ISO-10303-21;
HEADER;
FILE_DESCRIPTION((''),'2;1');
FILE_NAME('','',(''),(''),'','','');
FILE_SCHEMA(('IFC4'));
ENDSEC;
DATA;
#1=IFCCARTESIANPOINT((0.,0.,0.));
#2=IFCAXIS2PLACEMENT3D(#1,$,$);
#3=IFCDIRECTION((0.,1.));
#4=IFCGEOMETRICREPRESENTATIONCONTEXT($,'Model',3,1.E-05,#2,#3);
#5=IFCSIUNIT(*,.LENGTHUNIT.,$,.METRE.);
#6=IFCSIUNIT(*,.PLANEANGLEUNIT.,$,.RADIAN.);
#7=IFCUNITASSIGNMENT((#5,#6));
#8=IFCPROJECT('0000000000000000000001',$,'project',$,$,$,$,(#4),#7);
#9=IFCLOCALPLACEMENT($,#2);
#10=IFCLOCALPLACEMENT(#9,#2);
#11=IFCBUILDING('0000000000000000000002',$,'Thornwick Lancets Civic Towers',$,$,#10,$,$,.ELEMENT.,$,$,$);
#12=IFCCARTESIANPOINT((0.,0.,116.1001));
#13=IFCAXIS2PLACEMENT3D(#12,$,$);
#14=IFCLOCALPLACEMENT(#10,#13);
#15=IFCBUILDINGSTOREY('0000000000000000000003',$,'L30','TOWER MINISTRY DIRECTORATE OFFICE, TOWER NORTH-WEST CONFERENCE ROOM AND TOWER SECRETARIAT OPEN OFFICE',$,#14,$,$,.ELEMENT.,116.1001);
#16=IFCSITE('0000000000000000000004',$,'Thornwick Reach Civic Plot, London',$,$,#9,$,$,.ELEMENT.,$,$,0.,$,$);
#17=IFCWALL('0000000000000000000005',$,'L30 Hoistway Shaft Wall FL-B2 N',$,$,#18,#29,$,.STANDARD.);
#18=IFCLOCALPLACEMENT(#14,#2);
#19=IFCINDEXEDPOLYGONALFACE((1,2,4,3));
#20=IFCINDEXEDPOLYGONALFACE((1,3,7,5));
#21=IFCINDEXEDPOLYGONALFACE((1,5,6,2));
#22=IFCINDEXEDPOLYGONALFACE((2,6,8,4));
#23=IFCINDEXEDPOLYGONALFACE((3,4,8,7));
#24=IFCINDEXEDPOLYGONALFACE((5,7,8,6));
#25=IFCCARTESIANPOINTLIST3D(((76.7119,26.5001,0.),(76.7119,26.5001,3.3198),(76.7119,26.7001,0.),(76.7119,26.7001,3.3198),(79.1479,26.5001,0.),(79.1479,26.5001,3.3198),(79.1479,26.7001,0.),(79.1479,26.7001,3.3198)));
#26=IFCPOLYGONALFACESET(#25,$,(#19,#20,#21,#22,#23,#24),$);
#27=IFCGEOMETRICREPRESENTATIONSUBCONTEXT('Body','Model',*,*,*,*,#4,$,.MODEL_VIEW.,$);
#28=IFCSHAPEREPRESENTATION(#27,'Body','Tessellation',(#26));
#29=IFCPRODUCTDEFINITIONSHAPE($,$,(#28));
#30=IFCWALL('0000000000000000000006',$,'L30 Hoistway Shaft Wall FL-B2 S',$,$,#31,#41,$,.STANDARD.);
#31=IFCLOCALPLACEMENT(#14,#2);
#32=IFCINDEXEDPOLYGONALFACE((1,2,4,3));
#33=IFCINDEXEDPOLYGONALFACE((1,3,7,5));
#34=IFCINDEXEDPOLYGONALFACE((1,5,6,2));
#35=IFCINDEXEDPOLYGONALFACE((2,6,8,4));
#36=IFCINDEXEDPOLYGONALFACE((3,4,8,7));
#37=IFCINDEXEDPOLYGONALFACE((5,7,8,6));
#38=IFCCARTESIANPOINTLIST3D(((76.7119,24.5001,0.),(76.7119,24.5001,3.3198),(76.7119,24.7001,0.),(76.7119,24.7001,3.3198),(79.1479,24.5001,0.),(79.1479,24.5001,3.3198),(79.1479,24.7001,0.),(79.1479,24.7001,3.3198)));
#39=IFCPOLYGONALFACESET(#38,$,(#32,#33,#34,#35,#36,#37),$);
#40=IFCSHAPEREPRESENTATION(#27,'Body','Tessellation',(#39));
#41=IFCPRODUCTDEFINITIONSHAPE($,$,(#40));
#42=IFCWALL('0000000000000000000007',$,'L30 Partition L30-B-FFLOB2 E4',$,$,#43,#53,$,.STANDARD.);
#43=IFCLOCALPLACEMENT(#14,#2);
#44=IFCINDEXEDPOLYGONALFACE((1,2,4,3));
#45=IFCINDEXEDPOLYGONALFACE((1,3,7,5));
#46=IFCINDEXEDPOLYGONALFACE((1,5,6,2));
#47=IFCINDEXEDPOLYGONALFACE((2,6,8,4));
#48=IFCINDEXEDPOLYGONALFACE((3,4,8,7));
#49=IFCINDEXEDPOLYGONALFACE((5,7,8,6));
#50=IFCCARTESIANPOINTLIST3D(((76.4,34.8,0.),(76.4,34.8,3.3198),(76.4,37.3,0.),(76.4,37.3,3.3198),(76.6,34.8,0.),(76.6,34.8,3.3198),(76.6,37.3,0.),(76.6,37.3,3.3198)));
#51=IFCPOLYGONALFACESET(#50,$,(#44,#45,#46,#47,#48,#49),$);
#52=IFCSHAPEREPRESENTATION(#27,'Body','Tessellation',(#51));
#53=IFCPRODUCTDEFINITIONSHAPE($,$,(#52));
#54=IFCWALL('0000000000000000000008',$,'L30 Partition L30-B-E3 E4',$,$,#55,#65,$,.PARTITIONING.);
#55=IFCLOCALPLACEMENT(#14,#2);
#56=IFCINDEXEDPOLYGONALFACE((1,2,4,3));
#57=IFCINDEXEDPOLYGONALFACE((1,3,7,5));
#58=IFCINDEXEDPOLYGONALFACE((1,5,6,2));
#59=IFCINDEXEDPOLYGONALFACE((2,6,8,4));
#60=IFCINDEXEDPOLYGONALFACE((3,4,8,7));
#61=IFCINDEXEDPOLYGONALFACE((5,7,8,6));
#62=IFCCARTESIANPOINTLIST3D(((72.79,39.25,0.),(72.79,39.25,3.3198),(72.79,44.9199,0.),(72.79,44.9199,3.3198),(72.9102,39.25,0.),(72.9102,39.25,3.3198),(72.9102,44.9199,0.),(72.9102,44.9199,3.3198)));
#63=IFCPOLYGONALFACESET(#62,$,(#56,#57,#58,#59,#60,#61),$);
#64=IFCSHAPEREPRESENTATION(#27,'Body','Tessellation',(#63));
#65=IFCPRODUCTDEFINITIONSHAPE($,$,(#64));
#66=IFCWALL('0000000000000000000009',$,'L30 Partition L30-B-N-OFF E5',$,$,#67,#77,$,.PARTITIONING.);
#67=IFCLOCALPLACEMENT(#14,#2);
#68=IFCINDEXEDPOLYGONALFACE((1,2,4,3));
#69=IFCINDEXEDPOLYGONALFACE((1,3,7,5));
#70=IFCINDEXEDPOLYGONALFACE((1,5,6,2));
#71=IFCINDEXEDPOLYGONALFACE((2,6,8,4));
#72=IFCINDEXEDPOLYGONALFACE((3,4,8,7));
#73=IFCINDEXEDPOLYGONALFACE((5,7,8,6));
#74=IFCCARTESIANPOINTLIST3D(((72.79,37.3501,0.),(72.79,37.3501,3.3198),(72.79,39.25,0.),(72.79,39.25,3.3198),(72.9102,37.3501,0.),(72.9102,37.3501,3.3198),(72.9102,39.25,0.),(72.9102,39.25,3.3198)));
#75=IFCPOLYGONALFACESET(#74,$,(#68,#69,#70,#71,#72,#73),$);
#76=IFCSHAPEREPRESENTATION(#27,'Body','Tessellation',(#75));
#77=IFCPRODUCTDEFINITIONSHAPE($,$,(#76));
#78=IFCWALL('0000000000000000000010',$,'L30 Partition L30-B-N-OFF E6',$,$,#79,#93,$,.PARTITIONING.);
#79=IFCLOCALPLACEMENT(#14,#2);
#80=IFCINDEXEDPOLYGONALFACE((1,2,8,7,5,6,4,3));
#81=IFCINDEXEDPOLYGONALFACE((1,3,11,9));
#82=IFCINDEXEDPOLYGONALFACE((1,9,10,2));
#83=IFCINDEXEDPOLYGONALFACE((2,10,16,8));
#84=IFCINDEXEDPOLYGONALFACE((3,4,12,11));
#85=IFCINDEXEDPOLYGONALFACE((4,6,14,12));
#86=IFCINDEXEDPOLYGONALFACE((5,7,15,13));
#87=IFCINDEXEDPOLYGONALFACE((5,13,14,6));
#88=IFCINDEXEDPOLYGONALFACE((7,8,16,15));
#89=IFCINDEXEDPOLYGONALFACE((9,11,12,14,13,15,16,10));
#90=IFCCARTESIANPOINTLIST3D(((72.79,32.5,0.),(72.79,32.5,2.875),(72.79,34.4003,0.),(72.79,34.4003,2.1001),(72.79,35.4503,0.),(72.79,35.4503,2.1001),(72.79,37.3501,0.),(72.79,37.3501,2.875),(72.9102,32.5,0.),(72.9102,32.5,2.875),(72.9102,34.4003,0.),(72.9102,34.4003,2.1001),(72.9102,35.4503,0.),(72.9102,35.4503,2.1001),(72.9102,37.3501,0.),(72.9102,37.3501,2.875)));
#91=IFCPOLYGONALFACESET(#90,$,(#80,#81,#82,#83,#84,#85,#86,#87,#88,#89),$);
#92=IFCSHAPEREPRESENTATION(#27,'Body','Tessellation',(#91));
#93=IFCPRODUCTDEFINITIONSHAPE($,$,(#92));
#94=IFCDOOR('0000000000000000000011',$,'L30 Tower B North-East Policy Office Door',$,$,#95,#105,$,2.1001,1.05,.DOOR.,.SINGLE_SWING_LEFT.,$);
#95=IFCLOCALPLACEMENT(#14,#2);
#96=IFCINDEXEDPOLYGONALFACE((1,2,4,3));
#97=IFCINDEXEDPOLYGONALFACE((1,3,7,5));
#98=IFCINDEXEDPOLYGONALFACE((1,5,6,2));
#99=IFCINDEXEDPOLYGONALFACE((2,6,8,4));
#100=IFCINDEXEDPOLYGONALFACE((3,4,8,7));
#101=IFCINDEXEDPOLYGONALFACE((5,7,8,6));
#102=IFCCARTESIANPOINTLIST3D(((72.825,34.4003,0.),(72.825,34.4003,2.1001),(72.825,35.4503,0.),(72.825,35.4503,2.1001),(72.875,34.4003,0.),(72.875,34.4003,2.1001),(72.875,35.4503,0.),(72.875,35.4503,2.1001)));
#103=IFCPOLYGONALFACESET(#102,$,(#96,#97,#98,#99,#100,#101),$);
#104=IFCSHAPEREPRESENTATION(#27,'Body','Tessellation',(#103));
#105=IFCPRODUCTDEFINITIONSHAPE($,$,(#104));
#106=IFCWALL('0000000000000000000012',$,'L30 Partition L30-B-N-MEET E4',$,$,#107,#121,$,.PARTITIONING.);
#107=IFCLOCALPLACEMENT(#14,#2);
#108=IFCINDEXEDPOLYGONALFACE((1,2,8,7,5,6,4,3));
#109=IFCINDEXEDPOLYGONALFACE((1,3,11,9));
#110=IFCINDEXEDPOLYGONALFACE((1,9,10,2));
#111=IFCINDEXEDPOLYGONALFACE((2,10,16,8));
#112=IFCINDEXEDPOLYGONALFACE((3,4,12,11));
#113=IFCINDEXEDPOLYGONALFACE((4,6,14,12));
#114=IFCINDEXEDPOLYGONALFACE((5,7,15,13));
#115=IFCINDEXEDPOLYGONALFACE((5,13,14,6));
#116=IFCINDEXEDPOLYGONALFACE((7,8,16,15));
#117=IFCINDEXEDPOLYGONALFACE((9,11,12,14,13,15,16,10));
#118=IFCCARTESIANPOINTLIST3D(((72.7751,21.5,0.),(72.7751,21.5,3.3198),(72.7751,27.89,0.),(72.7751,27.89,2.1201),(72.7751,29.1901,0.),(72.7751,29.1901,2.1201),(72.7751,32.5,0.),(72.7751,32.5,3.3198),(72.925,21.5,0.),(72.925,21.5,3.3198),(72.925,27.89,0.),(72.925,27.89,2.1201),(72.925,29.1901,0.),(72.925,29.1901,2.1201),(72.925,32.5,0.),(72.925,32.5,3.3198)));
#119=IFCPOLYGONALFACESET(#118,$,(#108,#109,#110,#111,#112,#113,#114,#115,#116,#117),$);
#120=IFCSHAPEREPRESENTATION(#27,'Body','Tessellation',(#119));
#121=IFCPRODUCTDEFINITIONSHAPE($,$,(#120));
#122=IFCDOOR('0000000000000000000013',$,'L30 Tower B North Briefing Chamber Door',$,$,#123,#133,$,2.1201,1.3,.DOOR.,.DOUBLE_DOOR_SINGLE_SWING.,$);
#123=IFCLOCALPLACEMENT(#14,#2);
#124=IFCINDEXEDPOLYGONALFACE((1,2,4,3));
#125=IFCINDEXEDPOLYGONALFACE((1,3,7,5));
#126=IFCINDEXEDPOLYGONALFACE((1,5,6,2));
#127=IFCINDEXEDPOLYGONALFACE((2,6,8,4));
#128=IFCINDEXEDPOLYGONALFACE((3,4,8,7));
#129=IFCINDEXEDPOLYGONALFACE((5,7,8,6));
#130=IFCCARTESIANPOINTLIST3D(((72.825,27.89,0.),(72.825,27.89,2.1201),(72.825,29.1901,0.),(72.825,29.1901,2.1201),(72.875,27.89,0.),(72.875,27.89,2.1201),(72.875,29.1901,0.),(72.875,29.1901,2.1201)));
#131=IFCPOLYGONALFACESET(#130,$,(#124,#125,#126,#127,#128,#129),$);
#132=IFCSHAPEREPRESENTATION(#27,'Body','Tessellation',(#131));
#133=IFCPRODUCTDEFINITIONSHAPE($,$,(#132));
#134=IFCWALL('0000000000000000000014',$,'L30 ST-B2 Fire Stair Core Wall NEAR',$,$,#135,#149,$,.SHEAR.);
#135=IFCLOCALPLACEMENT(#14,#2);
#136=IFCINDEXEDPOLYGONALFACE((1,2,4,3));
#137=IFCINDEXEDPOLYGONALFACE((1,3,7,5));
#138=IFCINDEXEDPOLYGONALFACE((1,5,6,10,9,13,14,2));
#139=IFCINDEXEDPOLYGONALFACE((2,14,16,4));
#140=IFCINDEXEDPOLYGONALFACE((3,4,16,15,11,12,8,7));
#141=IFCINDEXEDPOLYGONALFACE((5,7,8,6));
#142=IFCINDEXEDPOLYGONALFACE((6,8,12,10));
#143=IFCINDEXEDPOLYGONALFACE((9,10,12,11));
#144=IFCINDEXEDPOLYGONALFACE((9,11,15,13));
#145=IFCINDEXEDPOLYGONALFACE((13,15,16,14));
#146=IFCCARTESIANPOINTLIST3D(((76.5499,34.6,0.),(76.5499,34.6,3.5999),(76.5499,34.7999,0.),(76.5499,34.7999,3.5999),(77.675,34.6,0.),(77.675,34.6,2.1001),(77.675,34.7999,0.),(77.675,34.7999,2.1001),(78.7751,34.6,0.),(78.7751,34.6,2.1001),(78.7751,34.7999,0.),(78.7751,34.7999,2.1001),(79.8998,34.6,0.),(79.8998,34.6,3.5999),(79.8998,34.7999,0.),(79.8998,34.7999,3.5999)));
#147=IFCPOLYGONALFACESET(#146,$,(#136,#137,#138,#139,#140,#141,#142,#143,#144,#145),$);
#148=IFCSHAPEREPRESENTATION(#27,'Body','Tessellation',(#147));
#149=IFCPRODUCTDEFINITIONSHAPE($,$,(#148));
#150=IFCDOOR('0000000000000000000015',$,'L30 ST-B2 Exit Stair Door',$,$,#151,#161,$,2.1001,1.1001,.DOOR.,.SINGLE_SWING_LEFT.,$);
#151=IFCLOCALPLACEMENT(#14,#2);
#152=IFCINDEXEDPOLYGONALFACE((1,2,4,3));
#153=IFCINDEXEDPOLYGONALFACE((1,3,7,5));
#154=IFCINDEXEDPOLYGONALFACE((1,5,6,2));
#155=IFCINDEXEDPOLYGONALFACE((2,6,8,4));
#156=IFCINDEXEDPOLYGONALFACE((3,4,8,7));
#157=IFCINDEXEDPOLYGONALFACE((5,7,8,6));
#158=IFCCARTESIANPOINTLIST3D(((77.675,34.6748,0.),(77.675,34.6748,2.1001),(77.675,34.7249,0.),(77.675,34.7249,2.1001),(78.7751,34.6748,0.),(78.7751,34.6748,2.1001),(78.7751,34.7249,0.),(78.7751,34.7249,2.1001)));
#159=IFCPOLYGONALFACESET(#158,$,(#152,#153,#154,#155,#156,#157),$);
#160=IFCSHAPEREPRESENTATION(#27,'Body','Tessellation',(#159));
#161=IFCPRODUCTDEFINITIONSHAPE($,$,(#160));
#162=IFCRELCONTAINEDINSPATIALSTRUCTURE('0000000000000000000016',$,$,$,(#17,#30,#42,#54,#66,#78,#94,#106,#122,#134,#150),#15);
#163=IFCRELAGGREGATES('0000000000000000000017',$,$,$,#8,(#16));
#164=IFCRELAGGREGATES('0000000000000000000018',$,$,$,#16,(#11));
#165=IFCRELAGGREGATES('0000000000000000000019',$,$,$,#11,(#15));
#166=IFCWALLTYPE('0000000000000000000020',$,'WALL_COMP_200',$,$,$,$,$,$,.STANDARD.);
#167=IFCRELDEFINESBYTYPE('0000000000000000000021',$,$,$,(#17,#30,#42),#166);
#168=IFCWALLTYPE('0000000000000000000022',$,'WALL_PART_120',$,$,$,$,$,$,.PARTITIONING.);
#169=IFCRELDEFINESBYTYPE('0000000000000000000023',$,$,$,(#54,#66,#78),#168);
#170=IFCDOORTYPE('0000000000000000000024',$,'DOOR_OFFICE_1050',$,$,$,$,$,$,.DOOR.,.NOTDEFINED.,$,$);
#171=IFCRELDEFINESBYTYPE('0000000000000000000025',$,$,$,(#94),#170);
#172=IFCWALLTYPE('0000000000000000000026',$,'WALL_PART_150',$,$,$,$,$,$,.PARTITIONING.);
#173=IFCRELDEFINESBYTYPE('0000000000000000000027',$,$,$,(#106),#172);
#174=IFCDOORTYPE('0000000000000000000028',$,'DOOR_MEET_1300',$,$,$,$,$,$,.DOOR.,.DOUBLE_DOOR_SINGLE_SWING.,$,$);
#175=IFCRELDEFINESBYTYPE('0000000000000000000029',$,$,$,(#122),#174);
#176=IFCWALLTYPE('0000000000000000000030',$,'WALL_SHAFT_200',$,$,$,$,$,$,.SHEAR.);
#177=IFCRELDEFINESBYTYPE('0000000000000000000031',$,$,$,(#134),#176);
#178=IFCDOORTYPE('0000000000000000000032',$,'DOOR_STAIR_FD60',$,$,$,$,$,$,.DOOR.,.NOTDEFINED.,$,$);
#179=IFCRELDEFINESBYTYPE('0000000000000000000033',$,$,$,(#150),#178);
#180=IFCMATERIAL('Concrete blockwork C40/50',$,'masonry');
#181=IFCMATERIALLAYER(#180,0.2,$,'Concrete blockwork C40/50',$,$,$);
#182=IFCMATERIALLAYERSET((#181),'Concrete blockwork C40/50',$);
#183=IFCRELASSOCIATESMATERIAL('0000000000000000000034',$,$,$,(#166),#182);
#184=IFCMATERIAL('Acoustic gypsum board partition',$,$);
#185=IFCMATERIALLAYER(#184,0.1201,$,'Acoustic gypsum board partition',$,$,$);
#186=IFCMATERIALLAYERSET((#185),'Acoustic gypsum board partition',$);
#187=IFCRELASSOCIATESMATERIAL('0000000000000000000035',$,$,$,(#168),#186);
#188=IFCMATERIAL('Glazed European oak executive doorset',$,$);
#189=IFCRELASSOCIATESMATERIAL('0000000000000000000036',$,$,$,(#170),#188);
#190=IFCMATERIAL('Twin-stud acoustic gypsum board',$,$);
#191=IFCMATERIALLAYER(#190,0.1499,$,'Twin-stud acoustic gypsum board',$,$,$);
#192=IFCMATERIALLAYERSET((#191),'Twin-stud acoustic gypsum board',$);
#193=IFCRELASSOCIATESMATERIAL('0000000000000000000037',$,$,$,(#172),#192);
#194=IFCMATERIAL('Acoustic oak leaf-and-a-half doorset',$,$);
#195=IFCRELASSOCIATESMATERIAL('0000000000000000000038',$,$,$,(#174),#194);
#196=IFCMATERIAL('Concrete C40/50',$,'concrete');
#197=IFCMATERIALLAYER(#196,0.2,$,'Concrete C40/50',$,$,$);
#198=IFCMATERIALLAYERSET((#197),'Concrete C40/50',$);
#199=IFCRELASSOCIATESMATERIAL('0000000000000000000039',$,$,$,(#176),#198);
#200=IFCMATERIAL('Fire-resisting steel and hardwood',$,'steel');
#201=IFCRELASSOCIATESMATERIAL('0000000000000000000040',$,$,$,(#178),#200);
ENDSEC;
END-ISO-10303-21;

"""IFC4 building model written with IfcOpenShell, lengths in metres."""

from ifc_helpers import new_model, si_unit, direction, frame, frame_2d, origin, place, context, subcontext, project, spatial, rectangle, extrude, material, layer, layer_set, type_object, element, fill, save


model = new_model("IFC4")

# Units and contexts
model_context = context("Model", 3, precision=1e-05, world=origin(), true_north=direction((0.0, 1.0)))
body_context = subcontext(model_context, "Body", "Model", "MODEL_VIEW")
ifc_project = project(units=[si_unit("LENGTHUNIT", "METRE"), si_unit("PLANEANGLEUNIT", "RADIAN")], contexts=[model_context])

# Site, building, storey
site_placement = place(None, origin())
site = spatial("IfcSite", under=ifc_project, at=site_placement, Name="Thornwick Reach Civic Plot, London", CompositionType="ELEMENT", RefElevation=0.0)
building_placement = place(site_placement, origin())
building = spatial("IfcBuilding", under=site, at=building_placement, Name="Thornwick Lancets Civic Towers", CompositionType="ELEMENT")
storey_placement = place(building_placement, frame((0.0, 0.0, 116.1001)))
storey = spatial("IfcBuildingStorey", under=building, at=storey_placement, Name="L30", Description="TOWER MINISTRY DIRECTORATE OFFICE, TOWER NORTH-WEST CONFERENCE ROOM AND TOWER SECRETARIAT OPEN OFFICE", CompositionType="ELEMENT", Elevation=116.1001)

# Shared definitions
ifc_material_1 = material(Name="Concrete C40/50", Category="concrete")

# Walls
ifc_material_2 = material(Name="Concrete blockwork C40/50", Category="masonry")
ifc_layer_1 = layer(ifc_material_2, 0.2, Name="Concrete blockwork C40/50")
ifc_layer_set_1 = layer_set([ifc_layer_1], Name="Concrete blockwork C40/50")
wall_type_1 = type_object("IfcWallType", Name="WALL_COMP_200", PredefinedType="STANDARD", material=ifc_layer_set_1)
for number, where, z_axis, x_axis, name in (
    (1, (76.7119, 26.6001, 0.0), (0.0, 0.0, 1.0), (1.0, 0.0, 0.0), "L30 Hoistway Shaft Wall FL-B2 N"),
    (2, (76.7119, 24.6001, 0.0), (0.0, 0.0, 1.0), (1.0, 0.0, 0.0), "L30 Hoistway Shaft Wall FL-B2 S"),
):
    element("IfcWall", number, at=place(storey_placement, frame(where, z_axis=z_axis, x_axis=x_axis)), inside=storey, type_object=wall_type_1, Name=name, PredefinedType="STANDARD", context=body_context, shape_type="SweptSolid", body=[
        extrude(rectangle(XDim=2.436, YDim=0.2, at=frame_2d((1.218, 0.0))), origin(), (0.0, 0.0, 1.0), 3.3198),
    ])
wall_1_placement = place(storey_placement, frame((76.5, 37.3, 0.0), z_axis=(0.0, 0.0, 1.0), x_axis=(0.0, -1.0, 0.0)))
element("IfcWall", 3, at=wall_1_placement, inside=storey, type_object=wall_type_1, Name="L30 Partition L30-B-FFLOB2 E4", PredefinedType="STANDARD", context=body_context, shape_type="SweptSolid", body=[
    extrude(rectangle(XDim=2.5, YDim=0.2, at=frame_2d((1.25, 0.0))), origin(), (0.0, 0.0, 1.0), 3.3198),
])
ifc_material_3 = material(Name="Acoustic gypsum board partition")
ifc_layer_2 = layer(ifc_material_3, 0.1201, Name="Acoustic gypsum board partition")
ifc_layer_set_2 = layer_set([ifc_layer_2], Name="Acoustic gypsum board partition")
wall_type_2 = type_object("IfcWallType", Name="WALL_PART_120", PredefinedType="PARTITIONING", material=ifc_layer_set_2)
wall_2_placement = place(storey_placement, frame((72.8501, 39.25, 0.0), z_axis=(0.0, 0.0, 1.0), x_axis=(0.0, 1.0, 0.0)))
element("IfcWall", 4, at=wall_2_placement, inside=storey, type_object=wall_type_2, Name="L30 Partition L30-B-E3 E4", PredefinedType="PARTITIONING", context=body_context, shape_type="SweptSolid", body=[
    extrude(rectangle(XDim=5.6699, YDim=0.1201, at=frame_2d((2.835, 0.0))), origin(), (0.0, 0.0, 1.0), 3.3198),
])
wall_3_placement = place(storey_placement, frame((72.8501, 39.25, 0.0), z_axis=(0.0, 0.0, 1.0), x_axis=(0.0, -1.0, 0.0)))
element("IfcWall", 5, at=wall_3_placement, inside=storey, type_object=wall_type_2, Name="L30 Partition L30-B-N-OFF E5", PredefinedType="PARTITIONING", context=body_context, shape_type="SweptSolid", body=[
    extrude(rectangle(XDim=1.8999, YDim=0.1201, at=frame_2d((0.95, 0.0))), origin(), (0.0, 0.0, 1.0), 3.3198),
])

# Walls, openings, doors
wall_4_placement = place(storey_placement, frame((72.8501, 37.3501, 0.0), z_axis=(0.0, 0.0, 1.0), x_axis=(0.0, -1.0, 0.0)))
wall_4 = element("IfcWall", 6, at=wall_4_placement, inside=storey, type_object=wall_type_2, Name="L30 Partition L30-B-N-OFF E6", PredefinedType="PARTITIONING", context=body_context, shape_type="SweptSolid", body=[
    extrude(rectangle(XDim=4.8501, YDim=0.1201, at=frame_2d((2.425, 0.0))), origin(), (0.0, 0.0, 1.0), 2.875),
])
opening_1_placement = place(wall_4_placement, frame((1.8999, 0.0, 0.0)))
opening_1 = element("IfcOpeningElement", 7, at=opening_1_placement, cuts=wall_4, PredefinedType="OPENING", context=body_context, shape_type="SweptSolid", body=[
    extrude(rectangle(XDim=1.05, YDim=2.1001, at=frame_2d((0.5249, 1.05))), frame((0.0, 0.0701, 0.0), z_axis=(0.0, -1.0, 0.0), x_axis=(1.0, 0.0, 0.0)), (0.0, 0.0, 1.0), 0.1401),
])
ifc_material_4 = material(Name="Glazed European oak executive doorset")
door_type_1 = type_object("IfcDoorType", Name="DOOR_OFFICE_1050", OperationType="NOTDEFINED", PredefinedType="DOOR", material=ifc_material_4)
door_1_placement = place(opening_1_placement, origin())
door_1 = element("IfcDoor", 8, at=door_1_placement, inside=storey, type_object=door_type_1, Name="L30 Tower B North-East Policy Office Door", OperationType="SINGLE_SWING_LEFT", OverallHeight=2.1001, OverallWidth=1.05, PredefinedType="DOOR", context=body_context, shape_type="SweptSolid", body=[
    extrude(rectangle(XDim=1.05, YDim=2.1001, at=frame_2d((0.5249, 1.05))), frame((0.0, 0.0249, 0.0), z_axis=(0.0, -1.0, 0.0), x_axis=(1.0, 0.0, 0.0)), (0.0, 0.0, 1.0), 0.05),
])
fill(opening_1, door_1)
ifc_material_5 = material(Name="Twin-stud acoustic gypsum board")
ifc_layer_3 = layer(ifc_material_5, 0.1499, Name="Twin-stud acoustic gypsum board")
ifc_layer_set_3 = layer_set([ifc_layer_3], Name="Twin-stud acoustic gypsum board")
wall_type_3 = type_object("IfcWallType", Name="WALL_PART_150", PredefinedType="PARTITIONING", material=ifc_layer_set_3)
wall_5_placement = place(storey_placement, frame((72.8501, 32.5, 0.0), z_axis=(0.0, 0.0, 1.0), x_axis=(0.0, -1.0, 0.0)))
wall_5 = element("IfcWall", 9, at=wall_5_placement, inside=storey, type_object=wall_type_3, Name="L30 Partition L30-B-N-MEET E4", PredefinedType="PARTITIONING", context=body_context, shape_type="SweptSolid", body=[
    extrude(rectangle(XDim=11.0, YDim=0.1499, at=frame_2d((5.5, 0.0))), origin(), (0.0, 0.0, 1.0), 3.3198),
])
opening_2_placement = place(wall_5_placement, frame((3.3101, 0.0, 0.0)))
opening_2 = element("IfcOpeningElement", 10, at=opening_2_placement, cuts=wall_5, PredefinedType="OPENING", context=body_context, shape_type="SweptSolid", body=[
    extrude(rectangle(XDim=1.3, YDim=2.1201, at=frame_2d((0.6499, 1.0601))), frame((0.0, 0.085, 0.0), z_axis=(0.0, -1.0, 0.0), x_axis=(1.0, 0.0, 0.0)), (0.0, 0.0, 1.0), 0.1699),
])
ifc_material_6 = material(Name="Acoustic oak leaf-and-a-half doorset")
door_type_2 = type_object("IfcDoorType", Name="DOOR_MEET_1300", OperationType="DOUBLE_DOOR_SINGLE_SWING", PredefinedType="DOOR", material=ifc_material_6)
door_2_placement = place(opening_2_placement, origin())
door_2 = element("IfcDoor", 11, at=door_2_placement, inside=storey, type_object=door_type_2, Name="L30 Tower B North Briefing Chamber Door", OperationType="DOUBLE_DOOR_SINGLE_SWING", OverallHeight=2.1201, OverallWidth=1.3, PredefinedType="DOOR", context=body_context, shape_type="SweptSolid", body=[
    extrude(rectangle(XDim=1.3, YDim=2.1201, at=frame_2d((0.6499, 1.0601))), frame((0.0, 0.0249, 0.0), z_axis=(0.0, -1.0, 0.0), x_axis=(1.0, 0.0, 0.0)), (0.0, 0.0, 1.0), 0.05),
])
fill(opening_2, door_2)
ifc_layer_4 = layer(ifc_material_1, 0.2, Name="Concrete C40/50")
ifc_layer_set_4 = layer_set([ifc_layer_4], Name="Concrete C40/50")
wall_type_4 = type_object("IfcWallType", Name="WALL_SHAFT_200", PredefinedType="SHEAR", material=ifc_layer_set_4)
wall_6_placement = place(storey_placement, frame((76.55, 34.7, 0.0), z_axis=(0.0, 0.0, 1.0), x_axis=(1.0, 0.0, 0.0)))
wall_6 = element("IfcWall", 12, at=wall_6_placement, inside=storey, type_object=wall_type_4, Name="L30 ST-B2 Fire Stair Core Wall NEAR", PredefinedType="SHEAR", context=body_context, shape_type="SweptSolid", body=[
    extrude(rectangle(XDim=3.3499, YDim=0.2, at=frame_2d((1.6748, 0.0))), origin(), (0.0, 0.0, 1.0), 3.5999),
])
opening_3_placement = place(wall_6_placement, frame((1.125, 0.0, 0.0)))
opening_3 = element("IfcOpeningElement", 13, at=opening_3_placement, cuts=wall_6, PredefinedType="OPENING", context=body_context, shape_type="SweptSolid", body=[
    extrude(rectangle(XDim=1.1001, YDim=2.1001, at=frame_2d((0.55, 1.05))), frame((0.0, 0.1099, 0.0), z_axis=(0.0, -1.0, 0.0), x_axis=(1.0, 0.0, 0.0)), (0.0, 0.0, 1.0), 0.22),
])
ifc_material_7 = material(Name="Fire-resisting steel and hardwood", Category="steel")
door_type_3 = type_object("IfcDoorType", Name="DOOR_STAIR_FD60", OperationType="NOTDEFINED", PredefinedType="DOOR", material=ifc_material_7)
door_3_placement = place(opening_3_placement, origin())
door_3 = element("IfcDoor", 14, at=door_3_placement, inside=storey, type_object=door_type_3, Name="L30 ST-B2 Exit Stair Door", OperationType="SINGLE_SWING_LEFT", OverallHeight=2.1001, OverallWidth=1.1001, PredefinedType="DOOR", context=body_context, shape_type="SweptSolid", body=[
    extrude(rectangle(XDim=1.1001, YDim=2.1001, at=frame_2d((0.55, 1.05))), frame((0.0, 0.0249, 0.0), z_axis=(0.0, -1.0, 0.0), x_axis=(1.0, 0.0, 0.0)), (0.0, 0.0, 1.0), 0.05),
])
fill(opening_3, door_3)

save(model, "model.ifc")
